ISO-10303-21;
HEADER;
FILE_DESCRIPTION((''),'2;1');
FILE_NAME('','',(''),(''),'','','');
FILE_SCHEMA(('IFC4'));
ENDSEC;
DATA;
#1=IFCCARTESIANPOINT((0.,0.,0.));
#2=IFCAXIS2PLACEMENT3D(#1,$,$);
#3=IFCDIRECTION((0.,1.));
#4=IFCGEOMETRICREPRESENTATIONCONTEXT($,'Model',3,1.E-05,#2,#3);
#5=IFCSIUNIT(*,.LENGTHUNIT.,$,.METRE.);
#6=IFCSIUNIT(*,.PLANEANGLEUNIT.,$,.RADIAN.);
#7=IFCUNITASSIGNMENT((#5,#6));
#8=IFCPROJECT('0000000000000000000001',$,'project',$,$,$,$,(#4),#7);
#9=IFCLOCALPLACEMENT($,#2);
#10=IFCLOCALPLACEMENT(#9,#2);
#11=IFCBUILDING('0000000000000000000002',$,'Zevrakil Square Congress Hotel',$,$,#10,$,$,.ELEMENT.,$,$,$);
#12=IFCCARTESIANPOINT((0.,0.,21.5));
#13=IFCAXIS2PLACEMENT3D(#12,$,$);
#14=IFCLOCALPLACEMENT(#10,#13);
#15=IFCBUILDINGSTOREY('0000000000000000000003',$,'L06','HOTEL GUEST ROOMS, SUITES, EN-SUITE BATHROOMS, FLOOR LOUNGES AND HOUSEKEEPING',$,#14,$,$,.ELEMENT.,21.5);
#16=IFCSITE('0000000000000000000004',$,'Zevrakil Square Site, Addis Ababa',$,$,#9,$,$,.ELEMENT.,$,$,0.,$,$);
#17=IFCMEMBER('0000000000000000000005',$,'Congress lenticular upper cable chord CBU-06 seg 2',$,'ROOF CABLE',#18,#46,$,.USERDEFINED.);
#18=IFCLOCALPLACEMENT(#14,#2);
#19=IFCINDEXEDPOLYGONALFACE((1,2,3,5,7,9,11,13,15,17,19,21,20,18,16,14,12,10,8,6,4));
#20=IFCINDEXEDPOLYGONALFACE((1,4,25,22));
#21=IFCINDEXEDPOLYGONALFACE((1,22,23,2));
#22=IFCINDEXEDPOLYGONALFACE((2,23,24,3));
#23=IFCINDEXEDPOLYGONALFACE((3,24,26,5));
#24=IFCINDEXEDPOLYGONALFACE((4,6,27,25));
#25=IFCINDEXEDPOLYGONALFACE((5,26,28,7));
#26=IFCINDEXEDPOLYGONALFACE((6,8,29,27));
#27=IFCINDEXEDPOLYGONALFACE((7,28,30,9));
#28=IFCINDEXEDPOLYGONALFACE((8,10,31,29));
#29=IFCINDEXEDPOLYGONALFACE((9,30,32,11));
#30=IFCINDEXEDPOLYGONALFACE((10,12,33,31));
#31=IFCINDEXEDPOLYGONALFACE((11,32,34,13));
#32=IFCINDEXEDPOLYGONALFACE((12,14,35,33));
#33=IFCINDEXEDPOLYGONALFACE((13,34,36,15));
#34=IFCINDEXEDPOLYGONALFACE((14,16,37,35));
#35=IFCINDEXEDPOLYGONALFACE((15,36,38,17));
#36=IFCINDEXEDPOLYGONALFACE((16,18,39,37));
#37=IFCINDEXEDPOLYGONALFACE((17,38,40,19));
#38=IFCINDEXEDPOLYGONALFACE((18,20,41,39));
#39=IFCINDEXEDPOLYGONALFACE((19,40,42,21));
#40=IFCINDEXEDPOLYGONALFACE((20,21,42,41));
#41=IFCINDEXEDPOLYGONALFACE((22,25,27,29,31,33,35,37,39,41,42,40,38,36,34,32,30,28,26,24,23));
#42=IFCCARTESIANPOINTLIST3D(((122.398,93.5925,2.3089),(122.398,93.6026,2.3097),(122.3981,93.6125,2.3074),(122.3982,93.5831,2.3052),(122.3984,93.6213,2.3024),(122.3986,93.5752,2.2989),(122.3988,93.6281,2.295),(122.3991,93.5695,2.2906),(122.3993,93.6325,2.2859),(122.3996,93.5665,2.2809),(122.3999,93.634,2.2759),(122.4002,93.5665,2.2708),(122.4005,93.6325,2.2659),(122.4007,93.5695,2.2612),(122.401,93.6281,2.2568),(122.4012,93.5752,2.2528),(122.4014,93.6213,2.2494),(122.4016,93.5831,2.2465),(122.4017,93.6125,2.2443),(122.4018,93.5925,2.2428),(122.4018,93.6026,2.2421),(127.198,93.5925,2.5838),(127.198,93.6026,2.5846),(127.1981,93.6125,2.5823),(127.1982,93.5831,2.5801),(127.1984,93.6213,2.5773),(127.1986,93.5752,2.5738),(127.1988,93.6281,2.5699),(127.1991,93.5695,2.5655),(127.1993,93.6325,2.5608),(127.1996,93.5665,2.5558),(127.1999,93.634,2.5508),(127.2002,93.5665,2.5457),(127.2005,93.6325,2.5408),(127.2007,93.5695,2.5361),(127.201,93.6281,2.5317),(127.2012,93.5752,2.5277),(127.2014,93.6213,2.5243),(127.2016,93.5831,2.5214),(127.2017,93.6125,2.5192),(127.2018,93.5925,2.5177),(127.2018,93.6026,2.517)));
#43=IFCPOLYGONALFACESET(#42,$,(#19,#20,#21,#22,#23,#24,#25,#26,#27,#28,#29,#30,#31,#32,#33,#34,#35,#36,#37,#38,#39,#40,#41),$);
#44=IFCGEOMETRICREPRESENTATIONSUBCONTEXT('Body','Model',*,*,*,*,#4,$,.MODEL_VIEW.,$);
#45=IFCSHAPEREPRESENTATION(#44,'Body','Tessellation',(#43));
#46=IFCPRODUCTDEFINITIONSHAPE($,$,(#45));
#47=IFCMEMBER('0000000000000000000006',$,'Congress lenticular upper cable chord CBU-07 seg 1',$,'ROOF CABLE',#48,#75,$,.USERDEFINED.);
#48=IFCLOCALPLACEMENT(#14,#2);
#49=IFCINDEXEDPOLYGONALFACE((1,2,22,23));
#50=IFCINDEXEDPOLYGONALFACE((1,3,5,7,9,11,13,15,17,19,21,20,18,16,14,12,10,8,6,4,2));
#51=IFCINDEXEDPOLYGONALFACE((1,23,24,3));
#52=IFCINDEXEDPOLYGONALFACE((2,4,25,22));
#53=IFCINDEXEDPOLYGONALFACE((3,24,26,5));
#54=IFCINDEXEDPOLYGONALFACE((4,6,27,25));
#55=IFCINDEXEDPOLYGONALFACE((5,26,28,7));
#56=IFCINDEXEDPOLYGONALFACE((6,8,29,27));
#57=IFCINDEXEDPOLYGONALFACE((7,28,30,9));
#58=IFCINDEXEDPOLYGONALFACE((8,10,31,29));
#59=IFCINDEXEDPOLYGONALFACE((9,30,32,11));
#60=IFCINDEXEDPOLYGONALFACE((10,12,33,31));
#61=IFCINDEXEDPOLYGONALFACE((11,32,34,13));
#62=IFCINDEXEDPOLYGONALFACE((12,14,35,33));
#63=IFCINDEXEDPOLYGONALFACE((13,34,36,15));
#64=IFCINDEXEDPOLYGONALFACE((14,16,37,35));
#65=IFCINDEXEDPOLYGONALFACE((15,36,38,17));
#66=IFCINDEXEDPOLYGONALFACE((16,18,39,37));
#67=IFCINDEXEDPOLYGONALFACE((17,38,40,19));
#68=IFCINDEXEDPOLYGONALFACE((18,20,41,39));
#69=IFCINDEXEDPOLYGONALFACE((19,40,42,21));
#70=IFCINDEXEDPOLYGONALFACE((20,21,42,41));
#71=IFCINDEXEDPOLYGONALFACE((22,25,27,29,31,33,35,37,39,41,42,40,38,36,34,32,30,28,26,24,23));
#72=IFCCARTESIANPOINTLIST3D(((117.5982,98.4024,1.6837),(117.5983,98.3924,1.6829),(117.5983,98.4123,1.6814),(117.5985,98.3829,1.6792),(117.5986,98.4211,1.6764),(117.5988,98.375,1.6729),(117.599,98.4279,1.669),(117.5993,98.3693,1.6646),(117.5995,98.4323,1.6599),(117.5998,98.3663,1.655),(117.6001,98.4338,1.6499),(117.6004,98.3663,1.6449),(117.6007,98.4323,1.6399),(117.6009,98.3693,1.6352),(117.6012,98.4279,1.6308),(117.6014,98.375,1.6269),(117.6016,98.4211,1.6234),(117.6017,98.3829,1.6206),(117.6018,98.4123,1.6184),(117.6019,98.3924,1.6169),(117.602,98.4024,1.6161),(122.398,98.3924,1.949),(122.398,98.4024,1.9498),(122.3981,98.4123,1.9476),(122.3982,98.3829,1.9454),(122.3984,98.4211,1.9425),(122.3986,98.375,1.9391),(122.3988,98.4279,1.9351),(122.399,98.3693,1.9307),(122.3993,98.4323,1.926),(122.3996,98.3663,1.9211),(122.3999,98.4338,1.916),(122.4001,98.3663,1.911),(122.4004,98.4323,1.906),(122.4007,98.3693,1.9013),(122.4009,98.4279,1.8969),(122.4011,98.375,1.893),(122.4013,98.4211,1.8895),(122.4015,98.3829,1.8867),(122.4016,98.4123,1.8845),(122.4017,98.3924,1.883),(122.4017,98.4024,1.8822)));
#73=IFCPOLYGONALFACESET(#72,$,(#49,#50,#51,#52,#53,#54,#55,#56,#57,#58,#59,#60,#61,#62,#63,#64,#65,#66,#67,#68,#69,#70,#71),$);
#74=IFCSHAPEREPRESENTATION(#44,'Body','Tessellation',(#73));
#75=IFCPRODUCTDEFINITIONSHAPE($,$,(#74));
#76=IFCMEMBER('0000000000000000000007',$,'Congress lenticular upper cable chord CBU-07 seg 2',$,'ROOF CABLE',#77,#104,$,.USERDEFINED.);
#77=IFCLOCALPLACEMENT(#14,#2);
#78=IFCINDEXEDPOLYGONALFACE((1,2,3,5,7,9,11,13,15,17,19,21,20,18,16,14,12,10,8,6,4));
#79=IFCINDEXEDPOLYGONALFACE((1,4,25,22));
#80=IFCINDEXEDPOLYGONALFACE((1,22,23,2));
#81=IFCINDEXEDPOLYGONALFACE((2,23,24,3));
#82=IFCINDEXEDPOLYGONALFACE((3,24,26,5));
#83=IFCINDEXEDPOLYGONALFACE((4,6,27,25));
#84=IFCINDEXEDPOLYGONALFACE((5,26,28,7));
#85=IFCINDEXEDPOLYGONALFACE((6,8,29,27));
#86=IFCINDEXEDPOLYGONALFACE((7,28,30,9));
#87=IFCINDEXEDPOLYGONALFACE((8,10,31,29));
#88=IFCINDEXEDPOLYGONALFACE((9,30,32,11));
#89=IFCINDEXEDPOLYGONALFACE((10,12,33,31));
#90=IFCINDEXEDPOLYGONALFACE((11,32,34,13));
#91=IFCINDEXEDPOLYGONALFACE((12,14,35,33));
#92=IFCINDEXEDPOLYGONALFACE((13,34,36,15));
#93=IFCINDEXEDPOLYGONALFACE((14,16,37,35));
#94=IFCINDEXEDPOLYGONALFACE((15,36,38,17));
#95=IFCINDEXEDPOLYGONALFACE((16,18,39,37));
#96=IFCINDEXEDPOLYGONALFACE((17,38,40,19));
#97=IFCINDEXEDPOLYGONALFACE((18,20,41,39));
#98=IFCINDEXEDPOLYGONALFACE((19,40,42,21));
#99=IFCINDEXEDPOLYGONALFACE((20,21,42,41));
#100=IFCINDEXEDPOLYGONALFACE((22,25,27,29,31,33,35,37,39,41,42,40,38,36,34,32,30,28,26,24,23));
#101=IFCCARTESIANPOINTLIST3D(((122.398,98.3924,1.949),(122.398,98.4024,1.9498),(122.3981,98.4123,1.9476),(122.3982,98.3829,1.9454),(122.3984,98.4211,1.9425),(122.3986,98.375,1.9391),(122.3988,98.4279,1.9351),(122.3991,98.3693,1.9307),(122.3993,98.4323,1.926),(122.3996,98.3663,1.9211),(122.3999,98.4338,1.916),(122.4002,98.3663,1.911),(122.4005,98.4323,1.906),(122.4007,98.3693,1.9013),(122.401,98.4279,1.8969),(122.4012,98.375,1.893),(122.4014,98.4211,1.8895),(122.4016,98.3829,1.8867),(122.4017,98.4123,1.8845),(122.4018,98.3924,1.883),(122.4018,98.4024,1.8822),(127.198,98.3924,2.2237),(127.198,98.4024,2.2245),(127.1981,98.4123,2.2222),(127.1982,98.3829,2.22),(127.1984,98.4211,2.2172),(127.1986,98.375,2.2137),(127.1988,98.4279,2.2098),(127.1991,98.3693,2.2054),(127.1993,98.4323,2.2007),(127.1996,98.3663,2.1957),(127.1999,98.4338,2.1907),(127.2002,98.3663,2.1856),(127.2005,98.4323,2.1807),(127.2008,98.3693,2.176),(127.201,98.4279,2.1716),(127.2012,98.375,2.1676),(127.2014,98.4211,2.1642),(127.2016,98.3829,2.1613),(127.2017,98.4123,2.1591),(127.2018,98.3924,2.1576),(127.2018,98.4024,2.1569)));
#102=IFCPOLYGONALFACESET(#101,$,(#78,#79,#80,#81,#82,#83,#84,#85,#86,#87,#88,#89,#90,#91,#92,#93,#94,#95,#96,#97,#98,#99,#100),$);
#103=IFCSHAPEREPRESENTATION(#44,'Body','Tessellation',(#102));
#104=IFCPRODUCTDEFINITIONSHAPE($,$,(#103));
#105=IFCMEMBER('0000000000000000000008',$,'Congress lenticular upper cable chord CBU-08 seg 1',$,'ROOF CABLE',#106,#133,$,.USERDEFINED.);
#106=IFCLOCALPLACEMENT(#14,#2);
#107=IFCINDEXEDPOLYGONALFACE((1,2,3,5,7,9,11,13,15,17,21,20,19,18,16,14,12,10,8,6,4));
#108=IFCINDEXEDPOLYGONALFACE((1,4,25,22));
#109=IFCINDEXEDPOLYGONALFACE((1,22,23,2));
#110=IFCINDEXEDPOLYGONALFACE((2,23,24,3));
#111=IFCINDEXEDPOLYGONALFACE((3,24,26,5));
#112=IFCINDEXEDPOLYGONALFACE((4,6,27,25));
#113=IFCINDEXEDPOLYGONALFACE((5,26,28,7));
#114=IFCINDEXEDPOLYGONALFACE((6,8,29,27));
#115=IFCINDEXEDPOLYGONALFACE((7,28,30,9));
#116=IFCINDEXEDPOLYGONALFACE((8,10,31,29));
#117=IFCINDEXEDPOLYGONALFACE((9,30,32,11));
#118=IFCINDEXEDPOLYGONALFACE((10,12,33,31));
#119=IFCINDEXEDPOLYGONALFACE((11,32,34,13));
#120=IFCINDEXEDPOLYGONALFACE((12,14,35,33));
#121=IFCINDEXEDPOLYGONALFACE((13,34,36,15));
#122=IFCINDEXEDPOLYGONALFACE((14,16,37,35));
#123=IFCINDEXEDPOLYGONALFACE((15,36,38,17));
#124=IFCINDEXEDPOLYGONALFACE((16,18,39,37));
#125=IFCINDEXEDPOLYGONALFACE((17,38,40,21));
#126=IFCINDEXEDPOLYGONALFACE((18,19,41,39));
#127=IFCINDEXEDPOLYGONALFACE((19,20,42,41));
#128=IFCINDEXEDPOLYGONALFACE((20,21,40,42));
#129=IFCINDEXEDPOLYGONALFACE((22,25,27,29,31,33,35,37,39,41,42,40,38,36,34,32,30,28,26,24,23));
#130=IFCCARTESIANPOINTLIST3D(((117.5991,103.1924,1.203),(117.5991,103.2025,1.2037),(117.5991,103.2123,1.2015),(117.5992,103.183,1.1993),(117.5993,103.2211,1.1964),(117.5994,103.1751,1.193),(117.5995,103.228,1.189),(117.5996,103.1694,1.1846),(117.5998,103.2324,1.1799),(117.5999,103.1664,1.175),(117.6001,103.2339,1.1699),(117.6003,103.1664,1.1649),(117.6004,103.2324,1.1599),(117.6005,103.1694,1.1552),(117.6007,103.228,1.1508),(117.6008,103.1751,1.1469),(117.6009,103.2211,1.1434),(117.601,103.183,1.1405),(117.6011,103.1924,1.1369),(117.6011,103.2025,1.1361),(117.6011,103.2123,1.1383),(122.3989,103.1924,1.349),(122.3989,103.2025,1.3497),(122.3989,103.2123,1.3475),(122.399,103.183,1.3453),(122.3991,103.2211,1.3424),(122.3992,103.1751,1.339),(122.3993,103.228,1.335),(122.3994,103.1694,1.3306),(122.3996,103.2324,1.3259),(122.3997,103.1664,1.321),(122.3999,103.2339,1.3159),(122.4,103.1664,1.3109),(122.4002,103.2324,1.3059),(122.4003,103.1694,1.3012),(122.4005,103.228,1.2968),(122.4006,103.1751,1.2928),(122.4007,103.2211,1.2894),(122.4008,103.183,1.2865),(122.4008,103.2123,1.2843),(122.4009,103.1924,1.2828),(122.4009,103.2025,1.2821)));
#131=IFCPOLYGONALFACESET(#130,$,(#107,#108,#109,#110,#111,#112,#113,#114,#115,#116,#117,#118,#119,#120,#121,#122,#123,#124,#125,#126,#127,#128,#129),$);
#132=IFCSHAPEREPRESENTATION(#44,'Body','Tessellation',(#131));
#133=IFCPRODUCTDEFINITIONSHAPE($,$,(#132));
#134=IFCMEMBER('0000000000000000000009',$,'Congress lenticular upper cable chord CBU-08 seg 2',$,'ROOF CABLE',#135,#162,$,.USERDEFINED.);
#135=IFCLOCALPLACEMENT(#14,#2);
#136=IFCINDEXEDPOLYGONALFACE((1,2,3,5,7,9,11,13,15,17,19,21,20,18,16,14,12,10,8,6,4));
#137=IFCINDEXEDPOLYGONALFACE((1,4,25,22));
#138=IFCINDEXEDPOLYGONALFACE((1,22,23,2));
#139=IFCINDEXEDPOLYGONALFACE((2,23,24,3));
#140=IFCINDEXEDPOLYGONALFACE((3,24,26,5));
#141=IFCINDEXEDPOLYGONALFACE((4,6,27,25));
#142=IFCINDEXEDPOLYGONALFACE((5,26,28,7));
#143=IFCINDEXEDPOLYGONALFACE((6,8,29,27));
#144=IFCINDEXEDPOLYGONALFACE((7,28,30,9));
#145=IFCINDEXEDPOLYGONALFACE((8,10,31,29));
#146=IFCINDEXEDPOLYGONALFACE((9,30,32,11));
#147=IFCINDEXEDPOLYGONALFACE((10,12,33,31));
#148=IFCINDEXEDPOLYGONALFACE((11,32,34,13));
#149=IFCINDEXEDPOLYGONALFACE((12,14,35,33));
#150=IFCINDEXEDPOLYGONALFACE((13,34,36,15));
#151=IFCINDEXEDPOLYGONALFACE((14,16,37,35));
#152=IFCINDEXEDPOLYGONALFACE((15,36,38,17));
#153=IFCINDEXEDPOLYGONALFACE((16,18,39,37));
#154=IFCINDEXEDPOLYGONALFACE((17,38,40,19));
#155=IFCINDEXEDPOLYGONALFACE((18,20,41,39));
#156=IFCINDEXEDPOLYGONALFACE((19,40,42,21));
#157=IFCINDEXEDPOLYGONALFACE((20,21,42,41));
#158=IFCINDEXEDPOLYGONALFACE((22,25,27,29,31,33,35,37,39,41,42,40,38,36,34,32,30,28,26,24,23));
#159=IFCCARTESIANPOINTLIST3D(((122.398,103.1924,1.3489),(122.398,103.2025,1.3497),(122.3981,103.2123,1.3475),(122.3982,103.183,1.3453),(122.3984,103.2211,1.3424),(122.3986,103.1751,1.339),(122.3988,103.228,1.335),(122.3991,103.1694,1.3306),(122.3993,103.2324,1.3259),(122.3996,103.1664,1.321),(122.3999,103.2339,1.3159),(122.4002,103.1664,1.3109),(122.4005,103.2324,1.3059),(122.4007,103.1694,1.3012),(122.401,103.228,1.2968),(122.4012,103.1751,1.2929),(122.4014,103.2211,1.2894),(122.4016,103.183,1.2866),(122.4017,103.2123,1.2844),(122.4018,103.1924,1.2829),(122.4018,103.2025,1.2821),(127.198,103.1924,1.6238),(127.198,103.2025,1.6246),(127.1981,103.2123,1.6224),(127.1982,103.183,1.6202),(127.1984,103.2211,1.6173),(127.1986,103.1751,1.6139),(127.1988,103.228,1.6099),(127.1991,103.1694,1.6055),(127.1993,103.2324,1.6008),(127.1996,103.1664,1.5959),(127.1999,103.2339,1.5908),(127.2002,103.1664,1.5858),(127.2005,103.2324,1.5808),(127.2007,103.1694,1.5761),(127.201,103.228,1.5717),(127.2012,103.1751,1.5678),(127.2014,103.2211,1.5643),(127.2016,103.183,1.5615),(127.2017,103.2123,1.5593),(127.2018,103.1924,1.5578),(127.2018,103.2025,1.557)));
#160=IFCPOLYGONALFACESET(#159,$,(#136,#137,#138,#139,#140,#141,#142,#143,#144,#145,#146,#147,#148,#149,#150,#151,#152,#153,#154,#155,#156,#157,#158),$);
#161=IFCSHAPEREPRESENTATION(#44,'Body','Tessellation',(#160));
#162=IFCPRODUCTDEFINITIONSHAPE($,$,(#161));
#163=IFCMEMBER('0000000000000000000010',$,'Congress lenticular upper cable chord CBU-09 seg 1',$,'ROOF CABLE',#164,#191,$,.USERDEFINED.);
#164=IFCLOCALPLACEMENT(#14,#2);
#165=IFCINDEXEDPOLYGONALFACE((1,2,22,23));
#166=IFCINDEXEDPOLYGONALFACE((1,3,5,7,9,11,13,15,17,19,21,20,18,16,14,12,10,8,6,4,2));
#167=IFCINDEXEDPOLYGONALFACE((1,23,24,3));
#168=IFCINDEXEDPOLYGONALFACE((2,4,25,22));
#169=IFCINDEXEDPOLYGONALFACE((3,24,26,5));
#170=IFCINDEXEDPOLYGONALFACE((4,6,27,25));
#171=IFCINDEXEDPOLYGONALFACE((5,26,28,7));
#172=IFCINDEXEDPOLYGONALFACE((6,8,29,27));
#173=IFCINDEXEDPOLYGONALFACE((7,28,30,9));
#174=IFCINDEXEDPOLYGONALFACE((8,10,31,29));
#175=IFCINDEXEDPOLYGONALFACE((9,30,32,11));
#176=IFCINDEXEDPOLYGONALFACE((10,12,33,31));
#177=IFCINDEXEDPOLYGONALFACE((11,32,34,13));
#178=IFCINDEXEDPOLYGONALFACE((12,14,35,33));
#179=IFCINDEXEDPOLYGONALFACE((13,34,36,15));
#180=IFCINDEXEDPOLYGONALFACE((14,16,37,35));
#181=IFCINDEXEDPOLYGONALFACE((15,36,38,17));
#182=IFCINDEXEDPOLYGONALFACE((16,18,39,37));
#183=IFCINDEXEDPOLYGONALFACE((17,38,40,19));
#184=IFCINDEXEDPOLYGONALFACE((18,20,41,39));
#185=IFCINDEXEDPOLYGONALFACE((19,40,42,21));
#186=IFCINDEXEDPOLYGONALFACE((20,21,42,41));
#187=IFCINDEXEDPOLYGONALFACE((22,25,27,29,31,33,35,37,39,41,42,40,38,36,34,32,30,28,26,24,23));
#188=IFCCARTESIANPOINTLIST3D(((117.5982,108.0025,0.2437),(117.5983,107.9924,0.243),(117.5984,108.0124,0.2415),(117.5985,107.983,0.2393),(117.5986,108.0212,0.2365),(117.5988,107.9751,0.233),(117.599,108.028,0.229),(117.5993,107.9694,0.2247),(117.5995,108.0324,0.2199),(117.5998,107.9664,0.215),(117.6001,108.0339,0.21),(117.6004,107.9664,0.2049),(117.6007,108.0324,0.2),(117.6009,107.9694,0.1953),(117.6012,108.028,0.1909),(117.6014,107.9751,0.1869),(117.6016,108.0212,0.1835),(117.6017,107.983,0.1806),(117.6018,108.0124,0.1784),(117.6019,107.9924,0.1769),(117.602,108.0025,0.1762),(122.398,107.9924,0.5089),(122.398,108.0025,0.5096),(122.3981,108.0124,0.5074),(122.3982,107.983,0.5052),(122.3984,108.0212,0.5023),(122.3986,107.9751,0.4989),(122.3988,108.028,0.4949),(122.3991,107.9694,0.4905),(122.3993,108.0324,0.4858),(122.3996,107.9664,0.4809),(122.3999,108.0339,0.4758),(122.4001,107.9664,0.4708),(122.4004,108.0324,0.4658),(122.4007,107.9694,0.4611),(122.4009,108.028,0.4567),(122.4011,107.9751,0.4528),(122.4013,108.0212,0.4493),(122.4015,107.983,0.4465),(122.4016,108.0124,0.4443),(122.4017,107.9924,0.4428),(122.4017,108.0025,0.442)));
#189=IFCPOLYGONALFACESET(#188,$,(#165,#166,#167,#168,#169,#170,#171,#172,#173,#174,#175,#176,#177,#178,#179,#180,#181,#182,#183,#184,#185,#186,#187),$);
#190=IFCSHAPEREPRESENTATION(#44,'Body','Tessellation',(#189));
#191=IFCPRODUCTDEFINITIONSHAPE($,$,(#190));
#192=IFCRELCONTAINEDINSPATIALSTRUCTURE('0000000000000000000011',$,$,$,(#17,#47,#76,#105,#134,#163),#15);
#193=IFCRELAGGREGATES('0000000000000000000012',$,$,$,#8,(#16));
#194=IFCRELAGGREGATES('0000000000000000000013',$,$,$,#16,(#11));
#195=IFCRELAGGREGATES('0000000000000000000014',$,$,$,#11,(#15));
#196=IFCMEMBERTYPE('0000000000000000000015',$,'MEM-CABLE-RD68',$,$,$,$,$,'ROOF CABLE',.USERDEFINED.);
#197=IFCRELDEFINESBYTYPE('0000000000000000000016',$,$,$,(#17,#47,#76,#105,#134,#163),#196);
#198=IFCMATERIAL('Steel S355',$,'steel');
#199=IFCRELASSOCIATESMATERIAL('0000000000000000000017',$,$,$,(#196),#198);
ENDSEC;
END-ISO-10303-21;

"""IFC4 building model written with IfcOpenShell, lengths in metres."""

from ifc_helpers import new_model, si_unit, direction, frame, origin, origin_2d, place, context, subcontext, project, spatial, circle, extrude, material, material_profile, profile_set, type_object, element, save


model = new_model("IFC4")

# Units and contexts
model_context = context("Model", 3, precision=1e-05, world=origin(), true_north=direction((0.0, 1.0)))
body_context = subcontext(model_context, "Body", "Model", "MODEL_VIEW")
ifc_project = project(units=[si_unit("LENGTHUNIT", "METRE"), si_unit("PLANEANGLEUNIT", "RADIAN")], contexts=[model_context])

# Site, building, storey
site_placement = place(None, origin())
site = spatial("IfcSite", under=ifc_project, at=site_placement, Name="Zevrakil Square Site, Addis Ababa", CompositionType="ELEMENT", RefElevation=0.0)
building_placement = place(site_placement, origin())
building = spatial("IfcBuilding", under=site, at=building_placement, Name="Zevrakil Square Congress Hotel", CompositionType="ELEMENT")
storey_placement = place(building_placement, frame((0.0, 0.0, 21.5)))
storey = spatial("IfcBuildingStorey", under=building, at=storey_placement, Name="L06", Description="HOTEL GUEST ROOMS, SUITES, EN-SUITE BATHROOMS, FLOOR LOUNGES AND HOUSEKEEPING", CompositionType="ELEMENT", Elevation=21.5)

# Members
ifc_material_1 = material(Name="Steel S355", Category="steel")
ifc_material_profile_1 = material_profile(ifc_material_1, circle(Radius=0.0339, at=origin_2d()), Name="CABLE RD68")
ifc_profile_set_1 = profile_set([ifc_material_profile_1], Name="Steel S355")
member_type_1 = type_object("IfcMemberType", Name="MEM-CABLE-RD68", ElementType="ROOF CABLE", PredefinedType="USERDEFINED", material=ifc_profile_set_1)
member_1_placement = place(storey_placement, frame((122.3999, 93.6001, 2.2759), z_axis=(0.998364, 0.0, 0.057177), x_axis=(0.0, 1.0, 0.0)))
element("IfcMember", 1, at=member_1_placement, inside=storey, type_object=member_type_1, Name="Congress lenticular upper cable chord CBU-06 seg 2", ObjectType="ROOF CABLE", PredefinedType="USERDEFINED", context=body_context, shape_type="SweptSolid", body=[
    extrude(circle(Radius=0.0339, at=origin_2d()), origin(), (0.0, 0.0, 1.0), 4.8079),
])
member_2_placement = place(storey_placement, frame((117.6001, 98.3999, 1.6499), z_axis=(0.998467, 0.0, 0.055358), x_axis=(0.0, 1.0, 0.0)))
element("IfcMember", 2, at=member_2_placement, inside=storey, type_object=member_type_1, Name="Congress lenticular upper cable chord CBU-07 seg 1", ObjectType="ROOF CABLE", PredefinedType="USERDEFINED", context=body_context, shape_type="SweptSolid", body=[
    extrude(circle(Radius=0.0339, at=origin_2d()), origin(), (0.0, 0.0, 1.0), 4.8071),
])
member_3_placement = place(storey_placement, frame((122.3999, 98.3999, 1.916), z_axis=(0.998367, 0.0, 0.057126), x_axis=(0.0, 1.0, 0.0)))
element("IfcMember", 3, at=member_3_placement, inside=storey, type_object=member_type_1, Name="Congress lenticular upper cable chord CBU-07 seg 2", ObjectType="ROOF CABLE", PredefinedType="USERDEFINED", context=body_context, shape_type="SweptSolid", body=[
    extrude(circle(Radius=0.0339, at=origin_2d()), origin(), (0.0, 0.0, 1.0), 4.8079),
])
member_4_placement = place(storey_placement, frame((117.6001, 103.2, 1.1699), z_axis=(0.999538, 0.0, 0.030403), x_axis=(0.0, 1.0, 0.0)))
element("IfcMember", 4, at=member_4_placement, inside=storey, type_object=member_type_1, Name="Congress lenticular upper cable chord CBU-08 seg 1", ObjectType="ROOF CABLE", PredefinedType="USERDEFINED", context=body_context, shape_type="SweptSolid", body=[
    extrude(circle(Radius=0.0339, at=origin_2d()), origin(), (0.0, 0.0, 1.0), 4.802),
])
member_5_placement = place(storey_placement, frame((122.3999, 103.2, 1.3159), z_axis=(0.998364, 0.0, 0.057177), x_axis=(0.0, 1.0, 0.0)))
element("IfcMember", 5, at=member_5_placement, inside=storey, type_object=member_type_1, Name="Congress lenticular upper cable chord CBU-08 seg 2", ObjectType="ROOF CABLE", PredefinedType="USERDEFINED", context=body_context, shape_type="SweptSolid", body=[
    extrude(circle(Radius=0.0339, at=origin_2d()), origin(), (0.0, 0.0, 1.0), 4.8079),
])
member_6_placement = place(storey_placement, frame((117.6001, 108.0, 0.21), z_axis=(0.998469, 0.0, 0.055307), x_axis=(0.0, 1.0, 0.0)))
element("IfcMember", 6, at=member_6_placement, inside=storey, type_object=member_type_1, Name="Congress lenticular upper cable chord CBU-09 seg 1", ObjectType="ROOF CABLE", PredefinedType="USERDEFINED", context=body_context, shape_type="SweptSolid", body=[
    extrude(circle(Radius=0.0339, at=origin_2d()), origin(), (0.0, 0.0, 1.0), 4.8071),
])

save(model, "model.ifc")
